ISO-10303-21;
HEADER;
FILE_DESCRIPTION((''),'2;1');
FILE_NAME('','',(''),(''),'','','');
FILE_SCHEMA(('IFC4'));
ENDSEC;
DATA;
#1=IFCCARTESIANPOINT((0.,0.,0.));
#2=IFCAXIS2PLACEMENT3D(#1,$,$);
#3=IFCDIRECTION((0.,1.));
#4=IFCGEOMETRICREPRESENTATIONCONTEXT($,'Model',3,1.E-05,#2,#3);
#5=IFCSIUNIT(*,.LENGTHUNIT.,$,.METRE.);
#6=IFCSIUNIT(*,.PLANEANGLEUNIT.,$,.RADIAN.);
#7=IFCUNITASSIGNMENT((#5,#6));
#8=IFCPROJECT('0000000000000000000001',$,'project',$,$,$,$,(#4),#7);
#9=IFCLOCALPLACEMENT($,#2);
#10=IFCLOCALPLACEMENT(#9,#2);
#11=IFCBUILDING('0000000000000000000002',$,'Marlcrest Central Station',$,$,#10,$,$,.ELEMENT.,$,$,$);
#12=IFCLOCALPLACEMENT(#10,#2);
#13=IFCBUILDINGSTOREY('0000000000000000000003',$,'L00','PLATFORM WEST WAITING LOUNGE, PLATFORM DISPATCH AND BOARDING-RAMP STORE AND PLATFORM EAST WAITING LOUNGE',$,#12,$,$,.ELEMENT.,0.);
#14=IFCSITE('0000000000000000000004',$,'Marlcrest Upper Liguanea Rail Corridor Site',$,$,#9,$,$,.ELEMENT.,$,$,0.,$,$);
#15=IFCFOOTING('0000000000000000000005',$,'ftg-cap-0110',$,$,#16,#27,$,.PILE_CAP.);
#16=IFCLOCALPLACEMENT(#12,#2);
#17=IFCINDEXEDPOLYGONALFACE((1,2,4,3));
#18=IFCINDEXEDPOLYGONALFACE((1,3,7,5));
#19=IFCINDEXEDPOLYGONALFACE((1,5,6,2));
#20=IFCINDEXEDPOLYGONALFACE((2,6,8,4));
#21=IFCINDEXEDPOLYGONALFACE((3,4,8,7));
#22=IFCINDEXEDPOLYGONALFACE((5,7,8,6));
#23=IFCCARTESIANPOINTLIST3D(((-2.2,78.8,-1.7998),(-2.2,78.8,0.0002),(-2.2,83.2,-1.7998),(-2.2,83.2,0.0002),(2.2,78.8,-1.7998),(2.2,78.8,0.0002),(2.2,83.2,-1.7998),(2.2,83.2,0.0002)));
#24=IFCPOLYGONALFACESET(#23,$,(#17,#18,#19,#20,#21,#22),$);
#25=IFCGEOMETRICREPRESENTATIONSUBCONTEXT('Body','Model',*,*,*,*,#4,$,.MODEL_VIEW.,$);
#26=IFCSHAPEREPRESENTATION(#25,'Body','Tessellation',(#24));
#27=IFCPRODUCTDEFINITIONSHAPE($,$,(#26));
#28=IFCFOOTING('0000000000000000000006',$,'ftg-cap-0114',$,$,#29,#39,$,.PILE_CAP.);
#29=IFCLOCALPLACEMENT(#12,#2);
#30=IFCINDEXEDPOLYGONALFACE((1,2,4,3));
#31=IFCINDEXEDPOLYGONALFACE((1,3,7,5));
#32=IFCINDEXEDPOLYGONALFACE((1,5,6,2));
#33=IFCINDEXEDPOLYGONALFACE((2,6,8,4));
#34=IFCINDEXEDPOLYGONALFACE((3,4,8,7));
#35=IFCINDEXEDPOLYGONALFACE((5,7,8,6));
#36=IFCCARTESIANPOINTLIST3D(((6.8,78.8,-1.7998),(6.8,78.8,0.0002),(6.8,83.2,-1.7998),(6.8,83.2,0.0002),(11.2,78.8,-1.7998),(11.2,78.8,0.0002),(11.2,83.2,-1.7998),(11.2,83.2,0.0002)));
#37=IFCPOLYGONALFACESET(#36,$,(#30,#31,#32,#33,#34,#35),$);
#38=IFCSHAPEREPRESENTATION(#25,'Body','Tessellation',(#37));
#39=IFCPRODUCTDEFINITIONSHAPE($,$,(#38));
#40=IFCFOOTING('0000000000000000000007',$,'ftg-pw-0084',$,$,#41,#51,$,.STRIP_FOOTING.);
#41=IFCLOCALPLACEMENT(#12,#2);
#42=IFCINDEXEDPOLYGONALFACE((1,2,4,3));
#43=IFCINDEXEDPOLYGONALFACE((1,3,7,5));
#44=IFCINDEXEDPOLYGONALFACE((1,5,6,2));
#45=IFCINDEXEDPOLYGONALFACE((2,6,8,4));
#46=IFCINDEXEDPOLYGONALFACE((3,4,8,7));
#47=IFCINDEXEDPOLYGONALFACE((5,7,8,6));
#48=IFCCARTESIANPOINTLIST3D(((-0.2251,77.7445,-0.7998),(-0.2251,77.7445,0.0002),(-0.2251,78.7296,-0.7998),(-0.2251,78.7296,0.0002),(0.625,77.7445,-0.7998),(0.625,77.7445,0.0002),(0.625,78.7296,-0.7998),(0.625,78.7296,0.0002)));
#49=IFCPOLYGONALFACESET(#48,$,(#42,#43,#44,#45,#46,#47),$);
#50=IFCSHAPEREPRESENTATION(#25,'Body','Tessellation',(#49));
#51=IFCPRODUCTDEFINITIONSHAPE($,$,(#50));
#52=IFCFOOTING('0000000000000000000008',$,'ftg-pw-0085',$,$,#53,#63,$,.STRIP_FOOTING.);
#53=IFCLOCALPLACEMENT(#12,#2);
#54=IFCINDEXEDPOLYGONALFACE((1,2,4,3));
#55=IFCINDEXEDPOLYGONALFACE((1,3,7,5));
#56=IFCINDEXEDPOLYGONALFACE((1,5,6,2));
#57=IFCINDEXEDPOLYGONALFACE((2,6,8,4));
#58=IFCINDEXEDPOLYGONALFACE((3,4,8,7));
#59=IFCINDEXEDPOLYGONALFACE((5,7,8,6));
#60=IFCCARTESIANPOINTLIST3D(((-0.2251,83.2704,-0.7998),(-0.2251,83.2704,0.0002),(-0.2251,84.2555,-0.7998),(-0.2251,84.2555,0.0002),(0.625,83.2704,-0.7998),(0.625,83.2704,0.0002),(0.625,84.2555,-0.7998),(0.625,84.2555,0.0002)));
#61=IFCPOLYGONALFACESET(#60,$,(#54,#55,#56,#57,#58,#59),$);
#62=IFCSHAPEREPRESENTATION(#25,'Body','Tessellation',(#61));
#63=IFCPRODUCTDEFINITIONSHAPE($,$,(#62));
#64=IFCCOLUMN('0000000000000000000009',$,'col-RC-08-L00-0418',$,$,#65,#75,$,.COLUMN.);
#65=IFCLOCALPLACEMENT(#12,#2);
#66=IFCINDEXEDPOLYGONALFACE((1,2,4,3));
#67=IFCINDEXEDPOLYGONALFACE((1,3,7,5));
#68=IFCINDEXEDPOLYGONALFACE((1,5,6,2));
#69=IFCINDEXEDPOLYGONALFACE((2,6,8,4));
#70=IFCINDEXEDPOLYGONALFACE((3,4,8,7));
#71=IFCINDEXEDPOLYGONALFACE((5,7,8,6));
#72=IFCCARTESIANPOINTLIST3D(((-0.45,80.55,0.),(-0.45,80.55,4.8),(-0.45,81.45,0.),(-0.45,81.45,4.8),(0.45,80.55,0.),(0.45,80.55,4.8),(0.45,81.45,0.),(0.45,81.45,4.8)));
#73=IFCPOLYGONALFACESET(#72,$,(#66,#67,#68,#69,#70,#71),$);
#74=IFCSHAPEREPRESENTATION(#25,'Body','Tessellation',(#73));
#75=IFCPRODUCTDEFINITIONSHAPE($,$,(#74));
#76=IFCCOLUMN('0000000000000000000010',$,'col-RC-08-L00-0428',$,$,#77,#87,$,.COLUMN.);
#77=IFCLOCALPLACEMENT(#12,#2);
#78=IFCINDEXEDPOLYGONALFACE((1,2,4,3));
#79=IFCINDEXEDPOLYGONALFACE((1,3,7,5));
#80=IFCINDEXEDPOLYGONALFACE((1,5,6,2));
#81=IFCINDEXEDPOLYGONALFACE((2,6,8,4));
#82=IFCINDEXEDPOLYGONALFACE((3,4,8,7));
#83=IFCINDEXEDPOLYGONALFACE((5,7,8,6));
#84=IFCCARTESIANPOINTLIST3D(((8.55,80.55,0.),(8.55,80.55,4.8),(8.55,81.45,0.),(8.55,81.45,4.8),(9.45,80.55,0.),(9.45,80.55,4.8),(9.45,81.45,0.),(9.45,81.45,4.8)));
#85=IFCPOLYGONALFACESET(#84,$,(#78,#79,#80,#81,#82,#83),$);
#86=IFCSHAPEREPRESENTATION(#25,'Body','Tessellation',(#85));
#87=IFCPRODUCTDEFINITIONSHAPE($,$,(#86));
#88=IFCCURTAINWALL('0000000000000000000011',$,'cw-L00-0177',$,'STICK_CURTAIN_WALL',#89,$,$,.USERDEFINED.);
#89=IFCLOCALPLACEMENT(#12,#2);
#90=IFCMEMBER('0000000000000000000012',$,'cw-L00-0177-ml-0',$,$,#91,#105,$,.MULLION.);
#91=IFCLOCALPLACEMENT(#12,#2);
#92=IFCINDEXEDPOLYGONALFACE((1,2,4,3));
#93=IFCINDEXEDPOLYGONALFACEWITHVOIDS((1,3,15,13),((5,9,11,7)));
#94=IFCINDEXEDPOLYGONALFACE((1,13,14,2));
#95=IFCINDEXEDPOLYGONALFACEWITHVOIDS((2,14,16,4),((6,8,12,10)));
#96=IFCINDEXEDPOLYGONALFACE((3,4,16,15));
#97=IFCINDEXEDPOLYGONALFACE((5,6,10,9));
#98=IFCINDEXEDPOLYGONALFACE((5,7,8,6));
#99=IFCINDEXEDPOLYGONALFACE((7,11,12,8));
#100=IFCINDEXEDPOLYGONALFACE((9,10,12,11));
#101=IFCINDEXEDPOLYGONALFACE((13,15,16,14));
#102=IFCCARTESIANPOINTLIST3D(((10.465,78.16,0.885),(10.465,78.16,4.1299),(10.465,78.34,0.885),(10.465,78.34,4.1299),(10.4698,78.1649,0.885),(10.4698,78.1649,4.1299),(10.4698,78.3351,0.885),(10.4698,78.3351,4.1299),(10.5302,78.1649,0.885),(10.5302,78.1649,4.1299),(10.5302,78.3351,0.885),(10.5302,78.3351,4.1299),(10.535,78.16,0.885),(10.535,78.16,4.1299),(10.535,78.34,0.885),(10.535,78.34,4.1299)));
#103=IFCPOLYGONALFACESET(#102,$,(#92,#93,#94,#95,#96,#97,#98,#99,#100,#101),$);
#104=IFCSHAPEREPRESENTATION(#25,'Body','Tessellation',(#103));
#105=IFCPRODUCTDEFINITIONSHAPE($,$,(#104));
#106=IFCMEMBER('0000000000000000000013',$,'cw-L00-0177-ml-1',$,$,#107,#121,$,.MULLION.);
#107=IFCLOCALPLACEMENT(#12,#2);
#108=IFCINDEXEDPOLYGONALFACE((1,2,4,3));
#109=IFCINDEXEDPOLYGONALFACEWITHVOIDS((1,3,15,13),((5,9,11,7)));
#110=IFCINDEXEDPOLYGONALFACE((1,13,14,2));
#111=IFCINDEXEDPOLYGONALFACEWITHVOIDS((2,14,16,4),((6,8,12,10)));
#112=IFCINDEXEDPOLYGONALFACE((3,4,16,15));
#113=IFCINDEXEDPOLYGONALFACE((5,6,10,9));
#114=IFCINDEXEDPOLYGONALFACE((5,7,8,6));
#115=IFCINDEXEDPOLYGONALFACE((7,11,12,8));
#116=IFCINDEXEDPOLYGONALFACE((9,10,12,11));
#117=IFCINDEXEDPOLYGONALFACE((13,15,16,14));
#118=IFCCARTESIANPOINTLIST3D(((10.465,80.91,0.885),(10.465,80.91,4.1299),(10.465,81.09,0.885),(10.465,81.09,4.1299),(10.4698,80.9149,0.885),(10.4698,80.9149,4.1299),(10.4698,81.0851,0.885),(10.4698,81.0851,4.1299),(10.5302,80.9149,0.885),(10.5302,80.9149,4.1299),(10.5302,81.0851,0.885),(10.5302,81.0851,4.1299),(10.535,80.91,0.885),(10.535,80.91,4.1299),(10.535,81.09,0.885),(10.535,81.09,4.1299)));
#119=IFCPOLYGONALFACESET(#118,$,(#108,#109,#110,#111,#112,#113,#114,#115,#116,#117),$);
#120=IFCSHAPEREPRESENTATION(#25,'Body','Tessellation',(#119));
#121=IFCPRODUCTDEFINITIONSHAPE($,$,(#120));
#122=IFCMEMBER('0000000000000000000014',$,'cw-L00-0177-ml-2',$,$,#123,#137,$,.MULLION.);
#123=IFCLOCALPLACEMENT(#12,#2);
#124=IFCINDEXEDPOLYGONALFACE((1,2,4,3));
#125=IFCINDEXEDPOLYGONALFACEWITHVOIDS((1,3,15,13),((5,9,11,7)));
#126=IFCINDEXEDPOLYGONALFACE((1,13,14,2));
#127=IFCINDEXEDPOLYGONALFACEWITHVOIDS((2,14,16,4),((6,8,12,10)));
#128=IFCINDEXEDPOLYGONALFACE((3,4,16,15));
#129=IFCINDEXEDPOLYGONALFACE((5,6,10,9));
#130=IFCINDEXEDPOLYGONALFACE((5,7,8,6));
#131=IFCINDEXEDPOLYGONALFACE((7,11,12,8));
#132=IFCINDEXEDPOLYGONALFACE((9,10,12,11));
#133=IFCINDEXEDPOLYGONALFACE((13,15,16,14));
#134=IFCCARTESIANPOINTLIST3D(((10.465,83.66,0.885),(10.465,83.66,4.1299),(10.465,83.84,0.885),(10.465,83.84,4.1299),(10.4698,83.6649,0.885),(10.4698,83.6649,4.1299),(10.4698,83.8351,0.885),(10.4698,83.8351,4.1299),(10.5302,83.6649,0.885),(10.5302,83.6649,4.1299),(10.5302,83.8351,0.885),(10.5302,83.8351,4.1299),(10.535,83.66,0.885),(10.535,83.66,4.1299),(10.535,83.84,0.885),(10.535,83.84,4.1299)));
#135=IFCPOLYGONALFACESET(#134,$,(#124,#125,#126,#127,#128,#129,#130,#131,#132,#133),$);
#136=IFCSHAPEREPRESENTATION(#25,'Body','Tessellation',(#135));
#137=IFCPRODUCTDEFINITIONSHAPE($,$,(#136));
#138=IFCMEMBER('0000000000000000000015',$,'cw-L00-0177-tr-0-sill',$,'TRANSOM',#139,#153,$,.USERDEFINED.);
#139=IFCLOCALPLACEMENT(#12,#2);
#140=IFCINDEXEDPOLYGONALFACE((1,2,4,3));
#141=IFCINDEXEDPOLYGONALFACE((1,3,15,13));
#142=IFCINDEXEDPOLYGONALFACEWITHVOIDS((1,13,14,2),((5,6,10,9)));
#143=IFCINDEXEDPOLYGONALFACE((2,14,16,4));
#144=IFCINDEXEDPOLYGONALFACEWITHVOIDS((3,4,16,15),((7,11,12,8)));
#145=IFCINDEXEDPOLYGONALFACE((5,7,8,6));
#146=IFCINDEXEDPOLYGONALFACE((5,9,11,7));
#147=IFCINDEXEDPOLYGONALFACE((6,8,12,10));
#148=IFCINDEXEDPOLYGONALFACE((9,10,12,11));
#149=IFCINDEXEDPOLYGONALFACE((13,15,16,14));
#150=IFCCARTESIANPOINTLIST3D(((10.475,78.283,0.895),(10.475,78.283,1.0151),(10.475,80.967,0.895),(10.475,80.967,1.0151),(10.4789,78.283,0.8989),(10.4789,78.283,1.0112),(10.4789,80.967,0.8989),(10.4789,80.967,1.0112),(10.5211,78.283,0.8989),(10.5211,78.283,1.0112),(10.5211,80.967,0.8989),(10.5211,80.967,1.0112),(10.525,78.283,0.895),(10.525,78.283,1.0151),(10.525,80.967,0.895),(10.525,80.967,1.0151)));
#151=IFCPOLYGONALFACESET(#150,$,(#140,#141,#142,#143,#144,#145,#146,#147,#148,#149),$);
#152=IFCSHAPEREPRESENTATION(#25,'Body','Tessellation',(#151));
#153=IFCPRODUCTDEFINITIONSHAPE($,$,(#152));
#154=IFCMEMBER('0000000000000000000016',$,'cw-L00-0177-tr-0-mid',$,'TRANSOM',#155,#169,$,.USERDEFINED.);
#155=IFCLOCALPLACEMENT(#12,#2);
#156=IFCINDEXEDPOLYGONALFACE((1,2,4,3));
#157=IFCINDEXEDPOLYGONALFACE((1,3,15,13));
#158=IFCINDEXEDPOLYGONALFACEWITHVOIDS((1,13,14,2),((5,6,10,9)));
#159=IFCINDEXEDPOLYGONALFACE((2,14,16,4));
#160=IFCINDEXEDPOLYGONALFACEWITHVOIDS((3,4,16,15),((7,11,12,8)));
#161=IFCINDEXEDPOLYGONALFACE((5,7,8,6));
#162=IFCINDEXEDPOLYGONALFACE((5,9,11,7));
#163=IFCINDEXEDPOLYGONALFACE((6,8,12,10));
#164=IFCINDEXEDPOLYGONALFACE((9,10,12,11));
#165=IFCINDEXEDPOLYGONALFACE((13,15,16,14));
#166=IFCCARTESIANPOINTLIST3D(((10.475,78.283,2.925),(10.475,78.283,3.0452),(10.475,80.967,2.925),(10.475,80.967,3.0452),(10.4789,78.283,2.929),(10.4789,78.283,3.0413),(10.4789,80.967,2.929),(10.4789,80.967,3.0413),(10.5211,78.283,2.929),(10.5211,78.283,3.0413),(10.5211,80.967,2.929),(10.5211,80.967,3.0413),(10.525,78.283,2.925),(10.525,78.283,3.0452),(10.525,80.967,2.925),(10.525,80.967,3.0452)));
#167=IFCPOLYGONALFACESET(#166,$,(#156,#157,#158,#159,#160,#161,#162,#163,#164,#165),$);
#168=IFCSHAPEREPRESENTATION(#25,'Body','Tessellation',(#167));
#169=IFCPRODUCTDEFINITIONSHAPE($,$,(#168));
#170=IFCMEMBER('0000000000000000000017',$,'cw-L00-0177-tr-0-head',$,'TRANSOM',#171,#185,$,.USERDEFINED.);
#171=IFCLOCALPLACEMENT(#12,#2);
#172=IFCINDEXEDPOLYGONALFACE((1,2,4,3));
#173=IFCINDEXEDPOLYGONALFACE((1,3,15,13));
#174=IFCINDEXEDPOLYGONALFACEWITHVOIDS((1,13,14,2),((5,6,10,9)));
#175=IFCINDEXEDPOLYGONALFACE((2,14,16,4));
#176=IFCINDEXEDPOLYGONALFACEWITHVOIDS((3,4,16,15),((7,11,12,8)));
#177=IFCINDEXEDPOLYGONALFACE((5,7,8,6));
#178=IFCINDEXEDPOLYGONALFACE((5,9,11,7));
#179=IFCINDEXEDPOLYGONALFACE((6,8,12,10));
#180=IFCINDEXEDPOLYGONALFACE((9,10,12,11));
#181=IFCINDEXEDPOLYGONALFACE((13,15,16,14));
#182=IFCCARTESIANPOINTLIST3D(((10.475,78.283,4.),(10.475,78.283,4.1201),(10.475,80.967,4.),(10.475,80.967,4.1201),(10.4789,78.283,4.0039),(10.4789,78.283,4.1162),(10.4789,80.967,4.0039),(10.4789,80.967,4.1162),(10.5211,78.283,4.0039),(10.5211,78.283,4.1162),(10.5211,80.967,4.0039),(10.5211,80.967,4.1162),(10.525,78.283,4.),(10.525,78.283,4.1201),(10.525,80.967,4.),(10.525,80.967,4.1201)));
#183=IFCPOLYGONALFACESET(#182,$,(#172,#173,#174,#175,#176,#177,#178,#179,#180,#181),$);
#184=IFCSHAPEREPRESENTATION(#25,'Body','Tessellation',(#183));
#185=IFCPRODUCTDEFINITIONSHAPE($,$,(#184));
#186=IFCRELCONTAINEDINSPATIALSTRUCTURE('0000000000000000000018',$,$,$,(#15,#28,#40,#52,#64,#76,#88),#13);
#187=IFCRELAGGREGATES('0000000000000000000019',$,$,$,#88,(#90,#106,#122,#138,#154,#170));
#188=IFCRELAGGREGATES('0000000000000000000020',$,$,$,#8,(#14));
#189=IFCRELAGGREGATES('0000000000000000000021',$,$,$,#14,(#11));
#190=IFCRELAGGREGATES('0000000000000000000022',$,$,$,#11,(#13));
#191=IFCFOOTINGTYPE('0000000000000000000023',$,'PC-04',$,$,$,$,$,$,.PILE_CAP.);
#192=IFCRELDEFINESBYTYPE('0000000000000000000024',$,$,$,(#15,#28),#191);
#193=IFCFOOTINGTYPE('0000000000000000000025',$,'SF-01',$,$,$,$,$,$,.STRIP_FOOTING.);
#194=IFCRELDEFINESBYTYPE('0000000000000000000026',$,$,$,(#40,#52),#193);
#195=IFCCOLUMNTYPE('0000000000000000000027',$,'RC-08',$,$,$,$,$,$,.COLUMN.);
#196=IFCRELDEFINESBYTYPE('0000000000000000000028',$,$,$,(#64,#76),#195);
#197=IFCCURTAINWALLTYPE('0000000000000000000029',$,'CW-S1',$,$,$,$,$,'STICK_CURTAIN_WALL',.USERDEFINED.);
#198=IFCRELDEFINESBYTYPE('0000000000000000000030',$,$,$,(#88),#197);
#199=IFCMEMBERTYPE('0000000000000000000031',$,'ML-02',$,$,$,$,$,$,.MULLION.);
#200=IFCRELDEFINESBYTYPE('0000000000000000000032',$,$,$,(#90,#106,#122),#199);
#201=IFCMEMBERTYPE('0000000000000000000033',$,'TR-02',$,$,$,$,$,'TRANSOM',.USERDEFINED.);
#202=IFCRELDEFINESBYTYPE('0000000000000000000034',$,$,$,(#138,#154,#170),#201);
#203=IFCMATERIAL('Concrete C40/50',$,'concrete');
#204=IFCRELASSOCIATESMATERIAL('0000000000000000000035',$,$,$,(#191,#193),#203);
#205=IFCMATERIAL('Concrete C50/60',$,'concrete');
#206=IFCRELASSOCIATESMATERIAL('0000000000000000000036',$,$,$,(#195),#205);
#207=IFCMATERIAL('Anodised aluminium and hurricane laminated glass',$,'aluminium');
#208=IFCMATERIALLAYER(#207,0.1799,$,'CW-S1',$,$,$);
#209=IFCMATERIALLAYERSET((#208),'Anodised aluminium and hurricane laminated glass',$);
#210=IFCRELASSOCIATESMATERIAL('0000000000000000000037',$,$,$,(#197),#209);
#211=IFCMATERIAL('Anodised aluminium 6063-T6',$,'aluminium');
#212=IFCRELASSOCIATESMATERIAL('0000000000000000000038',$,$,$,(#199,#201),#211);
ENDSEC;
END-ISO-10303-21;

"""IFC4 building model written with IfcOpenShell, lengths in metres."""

from ifc_helpers import new_model, si_unit, direction, frame, origin, origin_2d, place, context, subcontext, project, spatial, rectangle, hollow_rectangle, extrude, material, layer, layer_set, material_profile, profile_set, type_object, element, aggregate, save


model = new_model("IFC4")

# Units and contexts
model_context = context("Model", 3, precision=1e-05, world=origin(), true_north=direction((0.0, 1.0)))
body_context = subcontext(model_context, "Body", "Model", "MODEL_VIEW")
ifc_project = project(units=[si_unit("LENGTHUNIT", "METRE"), si_unit("PLANEANGLEUNIT", "RADIAN")], contexts=[model_context])

# Site, building, storey
site_placement = place(None, origin())
site = spatial("IfcSite", under=ifc_project, at=site_placement, Name="Marlcrest Upper Liguanea Rail Corridor Site", CompositionType="ELEMENT", RefElevation=0.0)
building_placement = place(site_placement, origin())
building = spatial("IfcBuilding", under=site, at=building_placement, Name="Marlcrest Central Station", CompositionType="ELEMENT")
storey_placement = place(building_placement, origin())
storey = spatial("IfcBuildingStorey", under=building, at=storey_placement, Name="L00", Description="PLATFORM WEST WAITING LOUNGE, PLATFORM DISPATCH AND BOARDING-RAMP STORE AND PLATFORM EAST WAITING LOUNGE", CompositionType="ELEMENT", Elevation=0.0)

# Footings
ifc_material_1 = material(Name="Concrete C40/50", Category="concrete")
footing_type_1 = type_object("IfcFootingType", Name="PC-04", PredefinedType="PILE_CAP", material=ifc_material_1)
for number, where, z_axis, x_axis, name in (
    (1, (0.0, 81.0, -1.7998), (0.0, 0.0, 1.0), (1.0, 0.0, 0.0), "ftg-cap-0110"),
    (2, (9.0, 81.0, -1.7998), (0.0, 0.0, 1.0), (1.0, 0.0, 0.0), "ftg-cap-0114"),
):
    element("IfcFooting", number, at=place(storey_placement, frame(where, z_axis=z_axis, x_axis=x_axis)), inside=storey, type_object=footing_type_1, Name=name, PredefinedType="PILE_CAP", context=body_context, shape_type="SweptSolid", body=[
        extrude(rectangle(XDim=4.3999, YDim=4.3999, at=origin_2d()), origin(), (0.0, 0.0, 1.0), 1.8),
    ])
footing_type_2 = type_object("IfcFootingType", Name="SF-01", PredefinedType="STRIP_FOOTING", material=ifc_material_1)
for number, where, z_axis, x_axis, name in (
    (3, (0.2, 78.2371, -0.7998), (0.0, 0.0, 1.0), (1.0, 0.0, 0.0), "ftg-pw-0084"),
    (4, (0.2, 83.7629, -0.7998), (0.0, 0.0, 1.0), (1.0, 0.0, 0.0), "ftg-pw-0085"),
):
    element("IfcFooting", number, at=place(storey_placement, frame(where, z_axis=z_axis, x_axis=x_axis)), inside=storey, type_object=footing_type_2, Name=name, PredefinedType="STRIP_FOOTING", context=body_context, shape_type="SweptSolid", body=[
        extrude(rectangle(XDim=0.8501, YDim=0.9851, at=origin_2d()), origin(), (0.0, 0.0, 1.0), 0.8),
    ])

# Columns
ifc_material_2 = material(Name="Concrete C50/60", Category="concrete")
ifc_material_profile_1 = material_profile(ifc_material_2, rectangle(XDim=0.8999, YDim=0.8999, at=origin_2d()), Name="RC 900x900")
ifc_profile_set_1 = profile_set([ifc_material_profile_1], Name="Concrete C50/60")
column_type = type_object("IfcColumnType", Name="RC-08", PredefinedType="COLUMN", material=ifc_profile_set_1)
for number, where, z_axis, x_axis, name in (
    (5, (0.0, 81.0, 0.0), (0.0, 0.0, 1.0), (1.0, 0.0, 0.0), "col-RC-08-L00-0418"),
    (6, (9.0, 81.0, 0.0), (0.0, 0.0, 1.0), (1.0, 0.0, 0.0), "col-RC-08-L00-0428"),
):
    element("IfcColumn", number, at=place(storey_placement, frame(where, z_axis=z_axis, x_axis=x_axis)), inside=storey, type_object=column_type, Name=name, PredefinedType="COLUMN", context=body_context, shape_type="SweptSolid", body=[
        extrude(rectangle(XDim=0.8999, YDim=0.8999, at=origin_2d()), origin(), (0.0, 0.0, 1.0), 4.8),
    ])

# Curtain wall, members
ifc_material_3 = material(Name="Anodised aluminium and hurricane laminated glass", Category="aluminium")
ifc_layer_1 = layer(ifc_material_3, 0.1799, Name="CW-S1")
ifc_layer_set_1 = layer_set([ifc_layer_1], Name="Anodised aluminium and hurricane laminated glass")
curtain_wall_type = type_object("IfcCurtainWallType", Name="CW-S1", ElementType="STICK_CURTAIN_WALL", PredefinedType="USERDEFINED", material=ifc_layer_set_1)
curtain_wall_placement = place(storey_placement, origin())
curtain_wall = element("IfcCurtainWall", 7, at=curtain_wall_placement, inside=storey, type_object=curtain_wall_type, Name="cw-L00-0177", ObjectType="STICK_CURTAIN_WALL", PredefinedType="USERDEFINED")
ifc_material_4 = material(Name="Anodised aluminium 6063-T6", Category="aluminium")
ifc_material_profile_2 = material_profile(ifc_material_4, hollow_rectangle(XDim=0.0701, YDim=0.1799, WallThickness=0.0049, at=origin_2d()), Name="AA-RHS 180x70x5")
ifc_profile_set_2 = profile_set([ifc_material_profile_2], Name="Anodised aluminium 6063-T6")
member_type_1 = type_object("IfcMemberType", Name="ML-02", PredefinedType="MULLION", material=ifc_profile_set_2)
member_1_placement = place(storey_placement, frame((10.5, 78.25, 0.885), z_axis=(0.0, 0.0, 1.0), x_axis=(1.0, 0.0, 0.0)))
member_1 = element("IfcMember", 8, at=member_1_placement, type_object=member_type_1, Name="cw-L00-0177-ml-0", PredefinedType="MULLION", context=body_context, shape_type="SweptSolid", body=[
    extrude(hollow_rectangle(XDim=0.0701, YDim=0.1799, WallThickness=0.0049, at=origin_2d()), origin(), (0.0, 0.0, 1.0), 3.2449),
])
member_2_placement = place(storey_placement, frame((10.5, 81.0, 0.885), z_axis=(0.0, 0.0, 1.0), x_axis=(1.0, 0.0, 0.0)))
member_2 = element("IfcMember", 9, at=member_2_placement, type_object=member_type_1, Name="cw-L00-0177-ml-1", PredefinedType="MULLION", context=body_context, shape_type="SweptSolid", body=[
    extrude(hollow_rectangle(XDim=0.0701, YDim=0.1799, WallThickness=0.0049, at=origin_2d()), origin(), (0.0, 0.0, 1.0), 3.2449),
])
member_3_placement = place(storey_placement, frame((10.5, 83.75, 0.885), z_axis=(0.0, 0.0, 1.0), x_axis=(1.0, 0.0, 0.0)))
member_3 = element("IfcMember", 10, at=member_3_placement, type_object=member_type_1, Name="cw-L00-0177-ml-2", PredefinedType="MULLION", context=body_context, shape_type="SweptSolid", body=[
    extrude(hollow_rectangle(XDim=0.0701, YDim=0.1799, WallThickness=0.0049, at=origin_2d()), origin(), (0.0, 0.0, 1.0), 3.2449),
])
ifc_material_profile_3 = material_profile(ifc_material_4, hollow_rectangle(XDim=0.05, YDim=0.1201, WallThickness=0.0039, at=origin_2d()), Name="AA-RHS 120x50x4")
ifc_profile_set_3 = profile_set([ifc_material_profile_3], Name="Anodised aluminium 6063-T6")
member_type_2 = type_object("IfcMemberType", Name="TR-02", ElementType="TRANSOM", PredefinedType="USERDEFINED", material=ifc_profile_set_3)
member_4_placement = place(storey_placement, frame((10.5, 78.283, 0.9551), z_axis=(0.0, 1.0, 0.0), x_axis=(-1.0, 0.0, 0.0)))
member_4 = element("IfcMember", 11, at=member_4_placement, type_object=member_type_2, Name="cw-L00-0177-tr-0-sill", ObjectType="TRANSOM", PredefinedType="USERDEFINED", context=body_context, shape_type="SweptSolid", body=[
    extrude(hollow_rectangle(XDim=0.05, YDim=0.1201, WallThickness=0.0039, at=origin_2d()), origin(), (0.0, 0.0, 1.0), 2.6841),
])
member_5_placement = place(storey_placement, frame((10.5, 78.283, 2.9851), z_axis=(0.0, 1.0, 0.0), x_axis=(-1.0, 0.0, 0.0)))
member_5 = element("IfcMember", 12, at=member_5_placement, type_object=member_type_2, Name="cw-L00-0177-tr-0-mid", ObjectType="TRANSOM", PredefinedType="USERDEFINED", context=body_context, shape_type="SweptSolid", body=[
    extrude(hollow_rectangle(XDim=0.05, YDim=0.1201, WallThickness=0.0039, at=origin_2d()), origin(), (0.0, 0.0, 1.0), 2.6841),
])
member_6_placement = place(storey_placement, frame((10.5, 78.283, 4.0601), z_axis=(0.0, 1.0, 0.0), x_axis=(-1.0, 0.0, 0.0)))
member_6 = element("IfcMember", 13, at=member_6_placement, type_object=member_type_2, Name="cw-L00-0177-tr-0-head", ObjectType="TRANSOM", PredefinedType="USERDEFINED", context=body_context, shape_type="SweptSolid", body=[
    extrude(hollow_rectangle(XDim=0.05, YDim=0.1201, WallThickness=0.0039, at=origin_2d()), origin(), (0.0, 0.0, 1.0), 2.6841),
])
aggregate(curtain_wall, [member_1, member_2, member_3, member_4, member_5, member_6])

save(model, "model.ifc")
